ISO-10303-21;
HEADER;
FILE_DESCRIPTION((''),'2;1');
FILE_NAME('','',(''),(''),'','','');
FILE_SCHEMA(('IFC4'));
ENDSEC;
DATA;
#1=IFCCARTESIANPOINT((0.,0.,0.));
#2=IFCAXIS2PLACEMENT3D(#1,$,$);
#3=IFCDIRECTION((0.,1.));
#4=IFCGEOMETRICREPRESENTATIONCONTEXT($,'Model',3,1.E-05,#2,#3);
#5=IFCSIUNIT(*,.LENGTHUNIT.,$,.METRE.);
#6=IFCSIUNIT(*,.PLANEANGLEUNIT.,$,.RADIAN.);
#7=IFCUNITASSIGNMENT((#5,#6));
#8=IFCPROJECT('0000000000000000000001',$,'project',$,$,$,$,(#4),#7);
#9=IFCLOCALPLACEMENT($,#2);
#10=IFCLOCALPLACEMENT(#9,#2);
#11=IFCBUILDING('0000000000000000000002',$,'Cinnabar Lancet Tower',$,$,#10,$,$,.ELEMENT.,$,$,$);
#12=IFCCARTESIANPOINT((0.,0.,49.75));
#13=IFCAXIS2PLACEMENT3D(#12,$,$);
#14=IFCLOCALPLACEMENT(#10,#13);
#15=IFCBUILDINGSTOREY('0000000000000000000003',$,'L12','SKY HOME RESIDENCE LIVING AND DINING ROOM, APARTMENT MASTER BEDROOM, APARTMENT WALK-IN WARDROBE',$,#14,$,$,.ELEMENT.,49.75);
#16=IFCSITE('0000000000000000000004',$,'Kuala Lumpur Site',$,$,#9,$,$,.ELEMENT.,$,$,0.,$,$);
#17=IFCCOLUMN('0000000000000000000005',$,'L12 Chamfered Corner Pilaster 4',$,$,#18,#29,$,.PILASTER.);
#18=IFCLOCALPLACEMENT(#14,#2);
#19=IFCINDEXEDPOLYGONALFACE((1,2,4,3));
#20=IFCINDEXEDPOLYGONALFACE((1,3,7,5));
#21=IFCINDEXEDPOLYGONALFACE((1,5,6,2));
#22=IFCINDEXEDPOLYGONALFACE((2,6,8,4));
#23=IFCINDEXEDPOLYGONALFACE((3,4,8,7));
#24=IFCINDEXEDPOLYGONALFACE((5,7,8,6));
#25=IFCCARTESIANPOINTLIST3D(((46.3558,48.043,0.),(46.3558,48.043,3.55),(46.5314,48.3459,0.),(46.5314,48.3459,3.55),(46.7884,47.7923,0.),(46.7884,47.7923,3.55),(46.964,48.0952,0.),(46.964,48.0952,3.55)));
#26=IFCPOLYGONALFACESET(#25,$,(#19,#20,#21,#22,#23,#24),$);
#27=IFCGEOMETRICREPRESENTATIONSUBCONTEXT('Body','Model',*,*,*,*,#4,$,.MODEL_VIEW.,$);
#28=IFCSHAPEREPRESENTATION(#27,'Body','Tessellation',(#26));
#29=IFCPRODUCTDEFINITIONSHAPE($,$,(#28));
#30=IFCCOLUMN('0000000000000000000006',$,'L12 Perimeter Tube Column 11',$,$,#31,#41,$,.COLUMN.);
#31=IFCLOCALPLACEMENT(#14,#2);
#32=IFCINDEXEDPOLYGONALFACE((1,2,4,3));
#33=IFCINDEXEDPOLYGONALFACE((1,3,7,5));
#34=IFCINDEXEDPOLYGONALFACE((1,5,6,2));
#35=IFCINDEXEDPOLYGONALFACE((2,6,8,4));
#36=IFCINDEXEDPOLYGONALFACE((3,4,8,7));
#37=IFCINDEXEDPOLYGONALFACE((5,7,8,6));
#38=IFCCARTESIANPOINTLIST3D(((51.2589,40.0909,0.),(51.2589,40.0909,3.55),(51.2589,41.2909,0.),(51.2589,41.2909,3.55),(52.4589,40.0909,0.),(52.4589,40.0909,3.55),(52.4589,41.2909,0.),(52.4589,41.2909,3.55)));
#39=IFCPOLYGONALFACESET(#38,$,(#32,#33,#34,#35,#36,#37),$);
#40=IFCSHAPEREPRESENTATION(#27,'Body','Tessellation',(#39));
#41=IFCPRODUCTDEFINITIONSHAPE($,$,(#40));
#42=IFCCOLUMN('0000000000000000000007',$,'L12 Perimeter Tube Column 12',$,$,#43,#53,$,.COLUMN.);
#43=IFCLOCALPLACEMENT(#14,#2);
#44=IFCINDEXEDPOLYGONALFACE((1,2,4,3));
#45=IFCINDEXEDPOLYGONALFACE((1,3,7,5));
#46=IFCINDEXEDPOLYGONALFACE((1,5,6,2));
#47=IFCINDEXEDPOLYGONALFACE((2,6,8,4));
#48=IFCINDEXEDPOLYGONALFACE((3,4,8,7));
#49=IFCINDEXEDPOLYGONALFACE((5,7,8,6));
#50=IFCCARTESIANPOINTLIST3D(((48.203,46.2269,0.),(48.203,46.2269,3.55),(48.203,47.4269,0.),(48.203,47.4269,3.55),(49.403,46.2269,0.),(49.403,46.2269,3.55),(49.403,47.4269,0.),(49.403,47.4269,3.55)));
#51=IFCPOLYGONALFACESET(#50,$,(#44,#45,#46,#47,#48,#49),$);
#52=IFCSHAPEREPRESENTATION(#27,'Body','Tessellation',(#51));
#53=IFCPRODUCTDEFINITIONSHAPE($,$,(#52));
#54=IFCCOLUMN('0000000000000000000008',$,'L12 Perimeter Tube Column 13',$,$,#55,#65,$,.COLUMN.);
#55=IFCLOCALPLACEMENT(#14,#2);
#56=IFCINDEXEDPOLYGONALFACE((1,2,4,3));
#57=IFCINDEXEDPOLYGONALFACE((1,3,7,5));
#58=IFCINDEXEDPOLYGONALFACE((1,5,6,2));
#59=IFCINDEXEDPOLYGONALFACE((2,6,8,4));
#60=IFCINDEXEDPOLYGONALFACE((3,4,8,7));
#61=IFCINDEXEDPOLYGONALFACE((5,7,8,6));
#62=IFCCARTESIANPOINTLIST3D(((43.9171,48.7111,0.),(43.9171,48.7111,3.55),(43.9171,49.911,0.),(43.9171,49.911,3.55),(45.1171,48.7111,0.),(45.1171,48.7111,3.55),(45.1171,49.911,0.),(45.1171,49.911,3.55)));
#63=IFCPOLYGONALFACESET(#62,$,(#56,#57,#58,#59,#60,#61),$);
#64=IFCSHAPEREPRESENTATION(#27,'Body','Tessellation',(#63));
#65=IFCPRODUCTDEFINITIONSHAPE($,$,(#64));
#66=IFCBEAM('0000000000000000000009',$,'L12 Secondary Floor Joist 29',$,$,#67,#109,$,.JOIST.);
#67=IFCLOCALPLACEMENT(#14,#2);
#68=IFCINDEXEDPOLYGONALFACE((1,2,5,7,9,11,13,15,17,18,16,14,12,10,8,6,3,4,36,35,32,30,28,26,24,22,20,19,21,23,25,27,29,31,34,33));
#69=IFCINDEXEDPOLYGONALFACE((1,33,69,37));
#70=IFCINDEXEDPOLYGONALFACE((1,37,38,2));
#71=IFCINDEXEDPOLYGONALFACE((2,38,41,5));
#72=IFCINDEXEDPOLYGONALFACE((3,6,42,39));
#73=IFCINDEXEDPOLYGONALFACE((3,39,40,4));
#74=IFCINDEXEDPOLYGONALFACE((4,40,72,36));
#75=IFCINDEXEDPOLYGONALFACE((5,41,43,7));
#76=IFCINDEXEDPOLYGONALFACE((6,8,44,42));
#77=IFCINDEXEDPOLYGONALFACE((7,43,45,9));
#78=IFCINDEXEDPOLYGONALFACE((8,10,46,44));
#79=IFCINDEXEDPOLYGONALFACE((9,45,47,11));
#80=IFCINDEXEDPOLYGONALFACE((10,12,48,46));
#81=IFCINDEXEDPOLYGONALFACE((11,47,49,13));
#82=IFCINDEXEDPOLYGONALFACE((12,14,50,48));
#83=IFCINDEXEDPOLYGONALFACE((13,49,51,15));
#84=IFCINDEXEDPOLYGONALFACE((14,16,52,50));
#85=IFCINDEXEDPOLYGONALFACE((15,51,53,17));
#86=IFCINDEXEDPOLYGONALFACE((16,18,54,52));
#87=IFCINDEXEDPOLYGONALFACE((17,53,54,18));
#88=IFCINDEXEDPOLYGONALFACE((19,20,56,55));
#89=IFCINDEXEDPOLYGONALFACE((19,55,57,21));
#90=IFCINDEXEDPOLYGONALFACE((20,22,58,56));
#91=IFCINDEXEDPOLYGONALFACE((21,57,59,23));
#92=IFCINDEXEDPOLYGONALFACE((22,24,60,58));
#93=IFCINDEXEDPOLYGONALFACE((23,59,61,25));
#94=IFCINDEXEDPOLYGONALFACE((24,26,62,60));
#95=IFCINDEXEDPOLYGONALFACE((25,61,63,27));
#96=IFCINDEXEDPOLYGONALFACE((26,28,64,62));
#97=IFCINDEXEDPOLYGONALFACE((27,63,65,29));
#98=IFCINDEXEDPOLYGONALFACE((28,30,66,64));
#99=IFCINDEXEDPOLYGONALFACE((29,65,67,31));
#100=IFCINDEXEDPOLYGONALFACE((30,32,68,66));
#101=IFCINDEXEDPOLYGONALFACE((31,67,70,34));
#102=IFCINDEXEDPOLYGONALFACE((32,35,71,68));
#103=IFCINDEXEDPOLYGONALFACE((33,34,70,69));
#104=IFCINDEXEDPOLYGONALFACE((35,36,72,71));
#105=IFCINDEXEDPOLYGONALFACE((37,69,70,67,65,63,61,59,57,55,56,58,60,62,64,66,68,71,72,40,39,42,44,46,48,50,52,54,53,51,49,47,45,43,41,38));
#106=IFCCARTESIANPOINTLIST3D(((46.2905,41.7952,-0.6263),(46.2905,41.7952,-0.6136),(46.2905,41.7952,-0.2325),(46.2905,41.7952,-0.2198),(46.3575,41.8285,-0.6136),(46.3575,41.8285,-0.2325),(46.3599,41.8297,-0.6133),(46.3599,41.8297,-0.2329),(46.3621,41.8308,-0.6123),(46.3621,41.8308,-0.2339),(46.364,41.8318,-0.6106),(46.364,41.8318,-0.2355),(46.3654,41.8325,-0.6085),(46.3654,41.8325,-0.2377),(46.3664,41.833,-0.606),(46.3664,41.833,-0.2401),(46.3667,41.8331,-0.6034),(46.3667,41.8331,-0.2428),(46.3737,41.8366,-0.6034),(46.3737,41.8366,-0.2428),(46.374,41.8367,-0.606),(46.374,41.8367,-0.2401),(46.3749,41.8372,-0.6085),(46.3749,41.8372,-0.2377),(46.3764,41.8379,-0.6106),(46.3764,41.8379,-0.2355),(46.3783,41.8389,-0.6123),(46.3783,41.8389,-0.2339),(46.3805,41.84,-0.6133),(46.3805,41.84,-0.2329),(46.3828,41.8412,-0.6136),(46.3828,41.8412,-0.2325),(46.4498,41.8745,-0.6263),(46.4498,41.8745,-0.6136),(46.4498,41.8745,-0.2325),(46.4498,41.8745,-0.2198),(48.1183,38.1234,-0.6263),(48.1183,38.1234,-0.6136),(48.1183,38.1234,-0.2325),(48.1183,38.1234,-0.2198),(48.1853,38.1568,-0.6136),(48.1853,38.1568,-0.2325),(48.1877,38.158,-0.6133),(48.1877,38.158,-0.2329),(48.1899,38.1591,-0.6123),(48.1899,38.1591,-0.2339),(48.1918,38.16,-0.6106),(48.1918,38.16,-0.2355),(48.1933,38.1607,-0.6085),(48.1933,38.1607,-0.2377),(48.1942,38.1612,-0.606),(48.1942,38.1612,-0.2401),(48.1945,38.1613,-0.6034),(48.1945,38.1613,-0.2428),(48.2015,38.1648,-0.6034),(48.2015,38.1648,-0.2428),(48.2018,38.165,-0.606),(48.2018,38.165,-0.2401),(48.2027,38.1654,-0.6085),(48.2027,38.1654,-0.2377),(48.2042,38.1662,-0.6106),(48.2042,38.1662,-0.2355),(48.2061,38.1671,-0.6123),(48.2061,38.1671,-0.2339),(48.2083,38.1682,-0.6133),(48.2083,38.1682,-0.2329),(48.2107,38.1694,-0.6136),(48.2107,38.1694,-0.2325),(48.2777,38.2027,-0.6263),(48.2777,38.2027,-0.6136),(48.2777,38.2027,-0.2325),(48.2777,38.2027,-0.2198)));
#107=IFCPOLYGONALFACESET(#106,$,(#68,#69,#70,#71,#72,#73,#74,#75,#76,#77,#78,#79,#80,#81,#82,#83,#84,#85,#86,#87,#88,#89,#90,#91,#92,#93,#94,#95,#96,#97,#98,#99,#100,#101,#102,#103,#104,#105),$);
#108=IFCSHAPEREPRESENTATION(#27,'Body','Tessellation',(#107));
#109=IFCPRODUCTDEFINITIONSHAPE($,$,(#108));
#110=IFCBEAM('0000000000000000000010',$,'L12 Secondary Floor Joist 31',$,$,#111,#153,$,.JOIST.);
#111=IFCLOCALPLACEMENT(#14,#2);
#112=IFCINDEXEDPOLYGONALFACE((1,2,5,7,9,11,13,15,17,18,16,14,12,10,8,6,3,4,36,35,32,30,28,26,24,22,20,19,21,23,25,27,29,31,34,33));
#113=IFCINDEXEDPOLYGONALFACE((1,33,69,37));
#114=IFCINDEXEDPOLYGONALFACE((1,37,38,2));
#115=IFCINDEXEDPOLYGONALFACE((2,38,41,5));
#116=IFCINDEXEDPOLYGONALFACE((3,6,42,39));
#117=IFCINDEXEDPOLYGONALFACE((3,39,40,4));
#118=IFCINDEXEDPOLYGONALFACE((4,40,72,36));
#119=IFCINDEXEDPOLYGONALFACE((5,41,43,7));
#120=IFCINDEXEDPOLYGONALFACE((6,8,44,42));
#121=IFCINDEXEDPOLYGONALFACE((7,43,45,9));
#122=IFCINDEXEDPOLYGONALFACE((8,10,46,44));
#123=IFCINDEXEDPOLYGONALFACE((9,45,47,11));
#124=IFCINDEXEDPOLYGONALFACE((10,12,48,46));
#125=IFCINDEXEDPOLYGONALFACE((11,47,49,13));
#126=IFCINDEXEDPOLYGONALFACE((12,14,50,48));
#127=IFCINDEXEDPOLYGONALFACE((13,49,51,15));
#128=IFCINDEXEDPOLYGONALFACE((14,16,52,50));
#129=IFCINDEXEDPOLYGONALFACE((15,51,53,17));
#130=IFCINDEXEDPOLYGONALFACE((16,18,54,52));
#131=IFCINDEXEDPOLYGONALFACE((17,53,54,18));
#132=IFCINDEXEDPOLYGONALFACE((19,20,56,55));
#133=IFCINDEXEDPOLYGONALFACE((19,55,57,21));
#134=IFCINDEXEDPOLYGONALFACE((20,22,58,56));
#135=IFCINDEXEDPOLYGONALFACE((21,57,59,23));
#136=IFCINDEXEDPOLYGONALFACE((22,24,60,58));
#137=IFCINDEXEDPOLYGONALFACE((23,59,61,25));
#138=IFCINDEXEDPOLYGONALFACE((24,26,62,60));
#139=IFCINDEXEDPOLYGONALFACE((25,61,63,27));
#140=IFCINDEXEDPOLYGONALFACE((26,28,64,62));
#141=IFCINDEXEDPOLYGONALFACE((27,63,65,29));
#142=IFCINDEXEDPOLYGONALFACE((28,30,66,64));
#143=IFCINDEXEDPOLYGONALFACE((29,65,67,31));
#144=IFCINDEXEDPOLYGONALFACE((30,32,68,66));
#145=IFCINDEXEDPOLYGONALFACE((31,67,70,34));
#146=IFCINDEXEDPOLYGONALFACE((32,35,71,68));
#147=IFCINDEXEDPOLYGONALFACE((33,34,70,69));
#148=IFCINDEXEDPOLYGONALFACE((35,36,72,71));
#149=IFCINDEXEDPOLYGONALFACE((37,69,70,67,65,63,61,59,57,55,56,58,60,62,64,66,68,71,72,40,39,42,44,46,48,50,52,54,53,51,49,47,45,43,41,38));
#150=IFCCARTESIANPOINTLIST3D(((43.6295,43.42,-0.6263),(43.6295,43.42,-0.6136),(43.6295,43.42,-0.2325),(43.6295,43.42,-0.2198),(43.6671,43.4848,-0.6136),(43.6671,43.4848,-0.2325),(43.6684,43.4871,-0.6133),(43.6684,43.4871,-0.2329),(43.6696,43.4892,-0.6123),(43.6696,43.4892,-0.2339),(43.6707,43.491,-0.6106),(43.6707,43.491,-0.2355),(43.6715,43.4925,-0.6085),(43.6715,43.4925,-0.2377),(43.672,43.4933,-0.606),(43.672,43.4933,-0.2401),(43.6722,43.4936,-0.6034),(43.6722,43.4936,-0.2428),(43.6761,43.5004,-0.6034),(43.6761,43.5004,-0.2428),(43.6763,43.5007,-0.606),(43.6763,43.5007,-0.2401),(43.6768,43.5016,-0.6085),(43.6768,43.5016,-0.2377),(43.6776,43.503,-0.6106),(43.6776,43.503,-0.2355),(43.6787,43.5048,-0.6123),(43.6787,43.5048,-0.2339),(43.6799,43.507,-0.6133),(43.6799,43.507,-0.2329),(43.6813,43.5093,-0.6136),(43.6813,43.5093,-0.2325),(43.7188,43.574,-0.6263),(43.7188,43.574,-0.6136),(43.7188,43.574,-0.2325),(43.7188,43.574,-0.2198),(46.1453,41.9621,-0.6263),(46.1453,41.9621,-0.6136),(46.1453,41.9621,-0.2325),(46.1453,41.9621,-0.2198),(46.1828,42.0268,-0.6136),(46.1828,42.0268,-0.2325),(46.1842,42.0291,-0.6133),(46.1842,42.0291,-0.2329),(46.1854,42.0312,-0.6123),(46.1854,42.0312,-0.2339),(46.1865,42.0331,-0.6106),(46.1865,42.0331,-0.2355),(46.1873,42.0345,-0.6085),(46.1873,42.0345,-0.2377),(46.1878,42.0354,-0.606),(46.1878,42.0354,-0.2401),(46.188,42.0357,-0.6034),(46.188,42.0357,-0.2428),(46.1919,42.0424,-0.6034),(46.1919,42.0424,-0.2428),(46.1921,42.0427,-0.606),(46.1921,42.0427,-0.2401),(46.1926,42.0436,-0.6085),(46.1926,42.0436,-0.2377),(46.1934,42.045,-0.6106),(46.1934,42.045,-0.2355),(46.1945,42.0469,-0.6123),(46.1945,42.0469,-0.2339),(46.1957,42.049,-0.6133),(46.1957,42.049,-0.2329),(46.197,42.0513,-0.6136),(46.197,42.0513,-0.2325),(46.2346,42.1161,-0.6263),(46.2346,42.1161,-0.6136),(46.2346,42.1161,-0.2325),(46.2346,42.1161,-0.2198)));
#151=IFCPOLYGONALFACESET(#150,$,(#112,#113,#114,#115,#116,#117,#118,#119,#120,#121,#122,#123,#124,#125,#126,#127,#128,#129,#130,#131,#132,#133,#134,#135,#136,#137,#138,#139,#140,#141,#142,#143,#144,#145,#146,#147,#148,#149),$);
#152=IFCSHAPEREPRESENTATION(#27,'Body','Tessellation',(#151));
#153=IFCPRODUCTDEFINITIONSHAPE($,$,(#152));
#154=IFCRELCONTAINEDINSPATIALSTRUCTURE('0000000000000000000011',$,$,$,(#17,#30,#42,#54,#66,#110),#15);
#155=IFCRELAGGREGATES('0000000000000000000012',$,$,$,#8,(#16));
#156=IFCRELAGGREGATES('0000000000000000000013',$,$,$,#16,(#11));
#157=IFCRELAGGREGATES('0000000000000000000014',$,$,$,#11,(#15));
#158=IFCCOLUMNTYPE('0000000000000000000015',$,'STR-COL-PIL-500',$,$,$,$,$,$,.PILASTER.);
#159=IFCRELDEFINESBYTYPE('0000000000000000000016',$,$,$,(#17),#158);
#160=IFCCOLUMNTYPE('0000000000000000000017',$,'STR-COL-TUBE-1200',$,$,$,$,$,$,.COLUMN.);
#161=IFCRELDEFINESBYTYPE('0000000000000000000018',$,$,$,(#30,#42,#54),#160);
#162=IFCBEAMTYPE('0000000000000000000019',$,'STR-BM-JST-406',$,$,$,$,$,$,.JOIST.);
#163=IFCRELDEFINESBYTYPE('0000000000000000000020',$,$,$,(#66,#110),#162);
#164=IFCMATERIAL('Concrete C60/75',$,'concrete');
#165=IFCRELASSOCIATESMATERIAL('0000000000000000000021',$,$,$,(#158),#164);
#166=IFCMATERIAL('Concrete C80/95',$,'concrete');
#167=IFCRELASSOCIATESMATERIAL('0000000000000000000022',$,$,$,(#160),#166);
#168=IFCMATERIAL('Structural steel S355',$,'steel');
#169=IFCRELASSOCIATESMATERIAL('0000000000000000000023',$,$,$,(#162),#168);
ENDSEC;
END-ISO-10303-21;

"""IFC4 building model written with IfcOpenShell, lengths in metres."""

from ifc_helpers import new_model, si_unit, direction, frame, origin, origin_2d, place, context, subcontext, project, spatial, rectangle, i_section, extrude, material, material_profile, profile_set, type_object, element, save


model = new_model("IFC4")

# Units and contexts
model_context = context("Model", 3, precision=1e-05, world=origin(), true_north=direction((0.0, 1.0)))
body_context = subcontext(model_context, "Body", "Model", "MODEL_VIEW")
ifc_project = project(units=[si_unit("LENGTHUNIT", "METRE"), si_unit("PLANEANGLEUNIT", "RADIAN")], contexts=[model_context])

# Site, building, storey
site_placement = place(None, origin())
site = spatial("IfcSite", under=ifc_project, at=site_placement, Name="Kuala Lumpur Site", CompositionType="ELEMENT", RefElevation=0.0)
building_placement = place(site_placement, origin())
building = spatial("IfcBuilding", under=site, at=building_placement, Name="Cinnabar Lancet Tower", CompositionType="ELEMENT")
storey_placement = place(building_placement, frame((0.0, 0.0, 49.75)))
storey = spatial("IfcBuildingStorey", under=building, at=storey_placement, Name="L12", Description="SKY HOME RESIDENCE LIVING AND DINING ROOM, APARTMENT MASTER BEDROOM, APARTMENT WALK-IN WARDROBE", CompositionType="ELEMENT", Elevation=49.75)

# Columns
ifc_material_1 = material(Name="Concrete C60/75", Category="concrete")
ifc_material_profile_1 = material_profile(ifc_material_1, rectangle(XDim=0.5, YDim=0.3501, at=origin_2d()), Name="RC-PIL 500x350")
ifc_profile_set_1 = profile_set([ifc_material_profile_1], Name="Concrete C60/75")
column_type_1 = type_object("IfcColumnType", Name="STR-COL-PIL-500", PredefinedType="PILASTER", material=ifc_profile_set_1)
column_placement = place(storey_placement, frame((46.6599, 48.0691, 0.0), z_axis=(0.0, 0.0, 1.0), x_axis=(-0.865195, 0.501435, 0.0)))
element("IfcColumn", 1, at=column_placement, inside=storey, type_object=column_type_1, Name="L12 Chamfered Corner Pilaster 4", PredefinedType="PILASTER", context=body_context, shape_type="SweptSolid", body=[
    extrude(rectangle(XDim=0.5, YDim=0.3501, at=origin_2d()), origin(), (0.0, 0.0, 1.0), 3.55),
])
ifc_material_2 = material(Name="Concrete C80/95", Category="concrete")
ifc_material_profile_2 = material_profile(ifc_material_2, rectangle(XDim=1.2, YDim=1.2, at=origin_2d()), Name="RC-COL 1200x1200")
ifc_profile_set_2 = profile_set([ifc_material_profile_2], Name="Concrete C80/95")
column_type_2 = type_object("IfcColumnType", Name="STR-COL-TUBE-1200", PredefinedType="COLUMN", material=ifc_profile_set_2)
for number, where, z_axis, x_axis, name in (
    (2, (51.8589, 40.6909, 0.0), (0.0, 0.0, 1.0), (1.0, 0.0, 0.0), "L12 Perimeter Tube Column 11"),
    (3, (48.803, 46.8269, 0.0), (0.0, 0.0, 1.0), (1.0, 0.0, 0.0), "L12 Perimeter Tube Column 12"),
    (4, (44.5171, 49.311, 0.0), (0.0, 0.0, 1.0), (1.0, 0.0, 0.0), "L12 Perimeter Tube Column 13"),
):
    element("IfcColumn", number, at=place(storey_placement, frame(where, z_axis=z_axis, x_axis=x_axis)), inside=storey, type_object=column_type_2, Name=name, PredefinedType="COLUMN", context=body_context, shape_type="SweptSolid", body=[
        extrude(rectangle(XDim=1.2, YDim=1.2, at=origin_2d()), origin(), (0.0, 0.0, 1.0), 3.55),
    ])

# Beams
ifc_material_3 = material(Name="Structural steel S355", Category="steel")
ifc_material_profile_3 = material_profile(ifc_material_3, i_section(OverallWidth=0.178, OverallDepth=0.4065, WebThickness=0.0078, FlangeThickness=0.0127, FilletRadius=0.0103, at=origin_2d()), Name="UKB 406x178x60")
ifc_profile_set_3 = profile_set([ifc_material_profile_3], Name="Structural steel S355")
beam_type_1 = type_object("IfcBeamType", Name="STR-BM-JST-406", PredefinedType="JOIST", material=ifc_profile_set_3)
beam_1_placement = place(storey_placement, frame((48.198, 38.1631, -0.4231), z_axis=(-0.445642, 0.895212, 0.0), x_axis=(-0.895212, -0.445642, 0.0)))
element("IfcBeam", 5, at=beam_1_placement, inside=storey, type_object=beam_type_1, Name="L12 Secondary Floor Joist 29", PredefinedType="JOIST", context=body_context, shape_type="SweptSolid", body=[
    extrude(i_section(OverallWidth=0.178, OverallDepth=0.4065, WebThickness=0.0078, FlangeThickness=0.0127, FilletRadius=0.0103, at=origin_2d()), origin(), (0.0, 0.0, 1.0), 4.1016),
])
beam_2_placement = place(storey_placement, frame((46.1899, 42.0391, -0.4231), z_axis=(-0.86521, 0.50141, 0.0), x_axis=(-0.50141, -0.86521, 0.0)))
element("IfcBeam", 6, at=beam_2_placement, inside=storey, type_object=beam_type_1, Name="L12 Secondary Floor Joist 31", PredefinedType="JOIST", context=body_context, shape_type="SweptSolid", body=[
    extrude(i_section(OverallWidth=0.178, OverallDepth=0.4065, WebThickness=0.0078, FlangeThickness=0.0127, FilletRadius=0.0103, at=origin_2d()), origin(), (0.0, 0.0, 1.0), 2.9077),
])

save(model, "model.ifc")
